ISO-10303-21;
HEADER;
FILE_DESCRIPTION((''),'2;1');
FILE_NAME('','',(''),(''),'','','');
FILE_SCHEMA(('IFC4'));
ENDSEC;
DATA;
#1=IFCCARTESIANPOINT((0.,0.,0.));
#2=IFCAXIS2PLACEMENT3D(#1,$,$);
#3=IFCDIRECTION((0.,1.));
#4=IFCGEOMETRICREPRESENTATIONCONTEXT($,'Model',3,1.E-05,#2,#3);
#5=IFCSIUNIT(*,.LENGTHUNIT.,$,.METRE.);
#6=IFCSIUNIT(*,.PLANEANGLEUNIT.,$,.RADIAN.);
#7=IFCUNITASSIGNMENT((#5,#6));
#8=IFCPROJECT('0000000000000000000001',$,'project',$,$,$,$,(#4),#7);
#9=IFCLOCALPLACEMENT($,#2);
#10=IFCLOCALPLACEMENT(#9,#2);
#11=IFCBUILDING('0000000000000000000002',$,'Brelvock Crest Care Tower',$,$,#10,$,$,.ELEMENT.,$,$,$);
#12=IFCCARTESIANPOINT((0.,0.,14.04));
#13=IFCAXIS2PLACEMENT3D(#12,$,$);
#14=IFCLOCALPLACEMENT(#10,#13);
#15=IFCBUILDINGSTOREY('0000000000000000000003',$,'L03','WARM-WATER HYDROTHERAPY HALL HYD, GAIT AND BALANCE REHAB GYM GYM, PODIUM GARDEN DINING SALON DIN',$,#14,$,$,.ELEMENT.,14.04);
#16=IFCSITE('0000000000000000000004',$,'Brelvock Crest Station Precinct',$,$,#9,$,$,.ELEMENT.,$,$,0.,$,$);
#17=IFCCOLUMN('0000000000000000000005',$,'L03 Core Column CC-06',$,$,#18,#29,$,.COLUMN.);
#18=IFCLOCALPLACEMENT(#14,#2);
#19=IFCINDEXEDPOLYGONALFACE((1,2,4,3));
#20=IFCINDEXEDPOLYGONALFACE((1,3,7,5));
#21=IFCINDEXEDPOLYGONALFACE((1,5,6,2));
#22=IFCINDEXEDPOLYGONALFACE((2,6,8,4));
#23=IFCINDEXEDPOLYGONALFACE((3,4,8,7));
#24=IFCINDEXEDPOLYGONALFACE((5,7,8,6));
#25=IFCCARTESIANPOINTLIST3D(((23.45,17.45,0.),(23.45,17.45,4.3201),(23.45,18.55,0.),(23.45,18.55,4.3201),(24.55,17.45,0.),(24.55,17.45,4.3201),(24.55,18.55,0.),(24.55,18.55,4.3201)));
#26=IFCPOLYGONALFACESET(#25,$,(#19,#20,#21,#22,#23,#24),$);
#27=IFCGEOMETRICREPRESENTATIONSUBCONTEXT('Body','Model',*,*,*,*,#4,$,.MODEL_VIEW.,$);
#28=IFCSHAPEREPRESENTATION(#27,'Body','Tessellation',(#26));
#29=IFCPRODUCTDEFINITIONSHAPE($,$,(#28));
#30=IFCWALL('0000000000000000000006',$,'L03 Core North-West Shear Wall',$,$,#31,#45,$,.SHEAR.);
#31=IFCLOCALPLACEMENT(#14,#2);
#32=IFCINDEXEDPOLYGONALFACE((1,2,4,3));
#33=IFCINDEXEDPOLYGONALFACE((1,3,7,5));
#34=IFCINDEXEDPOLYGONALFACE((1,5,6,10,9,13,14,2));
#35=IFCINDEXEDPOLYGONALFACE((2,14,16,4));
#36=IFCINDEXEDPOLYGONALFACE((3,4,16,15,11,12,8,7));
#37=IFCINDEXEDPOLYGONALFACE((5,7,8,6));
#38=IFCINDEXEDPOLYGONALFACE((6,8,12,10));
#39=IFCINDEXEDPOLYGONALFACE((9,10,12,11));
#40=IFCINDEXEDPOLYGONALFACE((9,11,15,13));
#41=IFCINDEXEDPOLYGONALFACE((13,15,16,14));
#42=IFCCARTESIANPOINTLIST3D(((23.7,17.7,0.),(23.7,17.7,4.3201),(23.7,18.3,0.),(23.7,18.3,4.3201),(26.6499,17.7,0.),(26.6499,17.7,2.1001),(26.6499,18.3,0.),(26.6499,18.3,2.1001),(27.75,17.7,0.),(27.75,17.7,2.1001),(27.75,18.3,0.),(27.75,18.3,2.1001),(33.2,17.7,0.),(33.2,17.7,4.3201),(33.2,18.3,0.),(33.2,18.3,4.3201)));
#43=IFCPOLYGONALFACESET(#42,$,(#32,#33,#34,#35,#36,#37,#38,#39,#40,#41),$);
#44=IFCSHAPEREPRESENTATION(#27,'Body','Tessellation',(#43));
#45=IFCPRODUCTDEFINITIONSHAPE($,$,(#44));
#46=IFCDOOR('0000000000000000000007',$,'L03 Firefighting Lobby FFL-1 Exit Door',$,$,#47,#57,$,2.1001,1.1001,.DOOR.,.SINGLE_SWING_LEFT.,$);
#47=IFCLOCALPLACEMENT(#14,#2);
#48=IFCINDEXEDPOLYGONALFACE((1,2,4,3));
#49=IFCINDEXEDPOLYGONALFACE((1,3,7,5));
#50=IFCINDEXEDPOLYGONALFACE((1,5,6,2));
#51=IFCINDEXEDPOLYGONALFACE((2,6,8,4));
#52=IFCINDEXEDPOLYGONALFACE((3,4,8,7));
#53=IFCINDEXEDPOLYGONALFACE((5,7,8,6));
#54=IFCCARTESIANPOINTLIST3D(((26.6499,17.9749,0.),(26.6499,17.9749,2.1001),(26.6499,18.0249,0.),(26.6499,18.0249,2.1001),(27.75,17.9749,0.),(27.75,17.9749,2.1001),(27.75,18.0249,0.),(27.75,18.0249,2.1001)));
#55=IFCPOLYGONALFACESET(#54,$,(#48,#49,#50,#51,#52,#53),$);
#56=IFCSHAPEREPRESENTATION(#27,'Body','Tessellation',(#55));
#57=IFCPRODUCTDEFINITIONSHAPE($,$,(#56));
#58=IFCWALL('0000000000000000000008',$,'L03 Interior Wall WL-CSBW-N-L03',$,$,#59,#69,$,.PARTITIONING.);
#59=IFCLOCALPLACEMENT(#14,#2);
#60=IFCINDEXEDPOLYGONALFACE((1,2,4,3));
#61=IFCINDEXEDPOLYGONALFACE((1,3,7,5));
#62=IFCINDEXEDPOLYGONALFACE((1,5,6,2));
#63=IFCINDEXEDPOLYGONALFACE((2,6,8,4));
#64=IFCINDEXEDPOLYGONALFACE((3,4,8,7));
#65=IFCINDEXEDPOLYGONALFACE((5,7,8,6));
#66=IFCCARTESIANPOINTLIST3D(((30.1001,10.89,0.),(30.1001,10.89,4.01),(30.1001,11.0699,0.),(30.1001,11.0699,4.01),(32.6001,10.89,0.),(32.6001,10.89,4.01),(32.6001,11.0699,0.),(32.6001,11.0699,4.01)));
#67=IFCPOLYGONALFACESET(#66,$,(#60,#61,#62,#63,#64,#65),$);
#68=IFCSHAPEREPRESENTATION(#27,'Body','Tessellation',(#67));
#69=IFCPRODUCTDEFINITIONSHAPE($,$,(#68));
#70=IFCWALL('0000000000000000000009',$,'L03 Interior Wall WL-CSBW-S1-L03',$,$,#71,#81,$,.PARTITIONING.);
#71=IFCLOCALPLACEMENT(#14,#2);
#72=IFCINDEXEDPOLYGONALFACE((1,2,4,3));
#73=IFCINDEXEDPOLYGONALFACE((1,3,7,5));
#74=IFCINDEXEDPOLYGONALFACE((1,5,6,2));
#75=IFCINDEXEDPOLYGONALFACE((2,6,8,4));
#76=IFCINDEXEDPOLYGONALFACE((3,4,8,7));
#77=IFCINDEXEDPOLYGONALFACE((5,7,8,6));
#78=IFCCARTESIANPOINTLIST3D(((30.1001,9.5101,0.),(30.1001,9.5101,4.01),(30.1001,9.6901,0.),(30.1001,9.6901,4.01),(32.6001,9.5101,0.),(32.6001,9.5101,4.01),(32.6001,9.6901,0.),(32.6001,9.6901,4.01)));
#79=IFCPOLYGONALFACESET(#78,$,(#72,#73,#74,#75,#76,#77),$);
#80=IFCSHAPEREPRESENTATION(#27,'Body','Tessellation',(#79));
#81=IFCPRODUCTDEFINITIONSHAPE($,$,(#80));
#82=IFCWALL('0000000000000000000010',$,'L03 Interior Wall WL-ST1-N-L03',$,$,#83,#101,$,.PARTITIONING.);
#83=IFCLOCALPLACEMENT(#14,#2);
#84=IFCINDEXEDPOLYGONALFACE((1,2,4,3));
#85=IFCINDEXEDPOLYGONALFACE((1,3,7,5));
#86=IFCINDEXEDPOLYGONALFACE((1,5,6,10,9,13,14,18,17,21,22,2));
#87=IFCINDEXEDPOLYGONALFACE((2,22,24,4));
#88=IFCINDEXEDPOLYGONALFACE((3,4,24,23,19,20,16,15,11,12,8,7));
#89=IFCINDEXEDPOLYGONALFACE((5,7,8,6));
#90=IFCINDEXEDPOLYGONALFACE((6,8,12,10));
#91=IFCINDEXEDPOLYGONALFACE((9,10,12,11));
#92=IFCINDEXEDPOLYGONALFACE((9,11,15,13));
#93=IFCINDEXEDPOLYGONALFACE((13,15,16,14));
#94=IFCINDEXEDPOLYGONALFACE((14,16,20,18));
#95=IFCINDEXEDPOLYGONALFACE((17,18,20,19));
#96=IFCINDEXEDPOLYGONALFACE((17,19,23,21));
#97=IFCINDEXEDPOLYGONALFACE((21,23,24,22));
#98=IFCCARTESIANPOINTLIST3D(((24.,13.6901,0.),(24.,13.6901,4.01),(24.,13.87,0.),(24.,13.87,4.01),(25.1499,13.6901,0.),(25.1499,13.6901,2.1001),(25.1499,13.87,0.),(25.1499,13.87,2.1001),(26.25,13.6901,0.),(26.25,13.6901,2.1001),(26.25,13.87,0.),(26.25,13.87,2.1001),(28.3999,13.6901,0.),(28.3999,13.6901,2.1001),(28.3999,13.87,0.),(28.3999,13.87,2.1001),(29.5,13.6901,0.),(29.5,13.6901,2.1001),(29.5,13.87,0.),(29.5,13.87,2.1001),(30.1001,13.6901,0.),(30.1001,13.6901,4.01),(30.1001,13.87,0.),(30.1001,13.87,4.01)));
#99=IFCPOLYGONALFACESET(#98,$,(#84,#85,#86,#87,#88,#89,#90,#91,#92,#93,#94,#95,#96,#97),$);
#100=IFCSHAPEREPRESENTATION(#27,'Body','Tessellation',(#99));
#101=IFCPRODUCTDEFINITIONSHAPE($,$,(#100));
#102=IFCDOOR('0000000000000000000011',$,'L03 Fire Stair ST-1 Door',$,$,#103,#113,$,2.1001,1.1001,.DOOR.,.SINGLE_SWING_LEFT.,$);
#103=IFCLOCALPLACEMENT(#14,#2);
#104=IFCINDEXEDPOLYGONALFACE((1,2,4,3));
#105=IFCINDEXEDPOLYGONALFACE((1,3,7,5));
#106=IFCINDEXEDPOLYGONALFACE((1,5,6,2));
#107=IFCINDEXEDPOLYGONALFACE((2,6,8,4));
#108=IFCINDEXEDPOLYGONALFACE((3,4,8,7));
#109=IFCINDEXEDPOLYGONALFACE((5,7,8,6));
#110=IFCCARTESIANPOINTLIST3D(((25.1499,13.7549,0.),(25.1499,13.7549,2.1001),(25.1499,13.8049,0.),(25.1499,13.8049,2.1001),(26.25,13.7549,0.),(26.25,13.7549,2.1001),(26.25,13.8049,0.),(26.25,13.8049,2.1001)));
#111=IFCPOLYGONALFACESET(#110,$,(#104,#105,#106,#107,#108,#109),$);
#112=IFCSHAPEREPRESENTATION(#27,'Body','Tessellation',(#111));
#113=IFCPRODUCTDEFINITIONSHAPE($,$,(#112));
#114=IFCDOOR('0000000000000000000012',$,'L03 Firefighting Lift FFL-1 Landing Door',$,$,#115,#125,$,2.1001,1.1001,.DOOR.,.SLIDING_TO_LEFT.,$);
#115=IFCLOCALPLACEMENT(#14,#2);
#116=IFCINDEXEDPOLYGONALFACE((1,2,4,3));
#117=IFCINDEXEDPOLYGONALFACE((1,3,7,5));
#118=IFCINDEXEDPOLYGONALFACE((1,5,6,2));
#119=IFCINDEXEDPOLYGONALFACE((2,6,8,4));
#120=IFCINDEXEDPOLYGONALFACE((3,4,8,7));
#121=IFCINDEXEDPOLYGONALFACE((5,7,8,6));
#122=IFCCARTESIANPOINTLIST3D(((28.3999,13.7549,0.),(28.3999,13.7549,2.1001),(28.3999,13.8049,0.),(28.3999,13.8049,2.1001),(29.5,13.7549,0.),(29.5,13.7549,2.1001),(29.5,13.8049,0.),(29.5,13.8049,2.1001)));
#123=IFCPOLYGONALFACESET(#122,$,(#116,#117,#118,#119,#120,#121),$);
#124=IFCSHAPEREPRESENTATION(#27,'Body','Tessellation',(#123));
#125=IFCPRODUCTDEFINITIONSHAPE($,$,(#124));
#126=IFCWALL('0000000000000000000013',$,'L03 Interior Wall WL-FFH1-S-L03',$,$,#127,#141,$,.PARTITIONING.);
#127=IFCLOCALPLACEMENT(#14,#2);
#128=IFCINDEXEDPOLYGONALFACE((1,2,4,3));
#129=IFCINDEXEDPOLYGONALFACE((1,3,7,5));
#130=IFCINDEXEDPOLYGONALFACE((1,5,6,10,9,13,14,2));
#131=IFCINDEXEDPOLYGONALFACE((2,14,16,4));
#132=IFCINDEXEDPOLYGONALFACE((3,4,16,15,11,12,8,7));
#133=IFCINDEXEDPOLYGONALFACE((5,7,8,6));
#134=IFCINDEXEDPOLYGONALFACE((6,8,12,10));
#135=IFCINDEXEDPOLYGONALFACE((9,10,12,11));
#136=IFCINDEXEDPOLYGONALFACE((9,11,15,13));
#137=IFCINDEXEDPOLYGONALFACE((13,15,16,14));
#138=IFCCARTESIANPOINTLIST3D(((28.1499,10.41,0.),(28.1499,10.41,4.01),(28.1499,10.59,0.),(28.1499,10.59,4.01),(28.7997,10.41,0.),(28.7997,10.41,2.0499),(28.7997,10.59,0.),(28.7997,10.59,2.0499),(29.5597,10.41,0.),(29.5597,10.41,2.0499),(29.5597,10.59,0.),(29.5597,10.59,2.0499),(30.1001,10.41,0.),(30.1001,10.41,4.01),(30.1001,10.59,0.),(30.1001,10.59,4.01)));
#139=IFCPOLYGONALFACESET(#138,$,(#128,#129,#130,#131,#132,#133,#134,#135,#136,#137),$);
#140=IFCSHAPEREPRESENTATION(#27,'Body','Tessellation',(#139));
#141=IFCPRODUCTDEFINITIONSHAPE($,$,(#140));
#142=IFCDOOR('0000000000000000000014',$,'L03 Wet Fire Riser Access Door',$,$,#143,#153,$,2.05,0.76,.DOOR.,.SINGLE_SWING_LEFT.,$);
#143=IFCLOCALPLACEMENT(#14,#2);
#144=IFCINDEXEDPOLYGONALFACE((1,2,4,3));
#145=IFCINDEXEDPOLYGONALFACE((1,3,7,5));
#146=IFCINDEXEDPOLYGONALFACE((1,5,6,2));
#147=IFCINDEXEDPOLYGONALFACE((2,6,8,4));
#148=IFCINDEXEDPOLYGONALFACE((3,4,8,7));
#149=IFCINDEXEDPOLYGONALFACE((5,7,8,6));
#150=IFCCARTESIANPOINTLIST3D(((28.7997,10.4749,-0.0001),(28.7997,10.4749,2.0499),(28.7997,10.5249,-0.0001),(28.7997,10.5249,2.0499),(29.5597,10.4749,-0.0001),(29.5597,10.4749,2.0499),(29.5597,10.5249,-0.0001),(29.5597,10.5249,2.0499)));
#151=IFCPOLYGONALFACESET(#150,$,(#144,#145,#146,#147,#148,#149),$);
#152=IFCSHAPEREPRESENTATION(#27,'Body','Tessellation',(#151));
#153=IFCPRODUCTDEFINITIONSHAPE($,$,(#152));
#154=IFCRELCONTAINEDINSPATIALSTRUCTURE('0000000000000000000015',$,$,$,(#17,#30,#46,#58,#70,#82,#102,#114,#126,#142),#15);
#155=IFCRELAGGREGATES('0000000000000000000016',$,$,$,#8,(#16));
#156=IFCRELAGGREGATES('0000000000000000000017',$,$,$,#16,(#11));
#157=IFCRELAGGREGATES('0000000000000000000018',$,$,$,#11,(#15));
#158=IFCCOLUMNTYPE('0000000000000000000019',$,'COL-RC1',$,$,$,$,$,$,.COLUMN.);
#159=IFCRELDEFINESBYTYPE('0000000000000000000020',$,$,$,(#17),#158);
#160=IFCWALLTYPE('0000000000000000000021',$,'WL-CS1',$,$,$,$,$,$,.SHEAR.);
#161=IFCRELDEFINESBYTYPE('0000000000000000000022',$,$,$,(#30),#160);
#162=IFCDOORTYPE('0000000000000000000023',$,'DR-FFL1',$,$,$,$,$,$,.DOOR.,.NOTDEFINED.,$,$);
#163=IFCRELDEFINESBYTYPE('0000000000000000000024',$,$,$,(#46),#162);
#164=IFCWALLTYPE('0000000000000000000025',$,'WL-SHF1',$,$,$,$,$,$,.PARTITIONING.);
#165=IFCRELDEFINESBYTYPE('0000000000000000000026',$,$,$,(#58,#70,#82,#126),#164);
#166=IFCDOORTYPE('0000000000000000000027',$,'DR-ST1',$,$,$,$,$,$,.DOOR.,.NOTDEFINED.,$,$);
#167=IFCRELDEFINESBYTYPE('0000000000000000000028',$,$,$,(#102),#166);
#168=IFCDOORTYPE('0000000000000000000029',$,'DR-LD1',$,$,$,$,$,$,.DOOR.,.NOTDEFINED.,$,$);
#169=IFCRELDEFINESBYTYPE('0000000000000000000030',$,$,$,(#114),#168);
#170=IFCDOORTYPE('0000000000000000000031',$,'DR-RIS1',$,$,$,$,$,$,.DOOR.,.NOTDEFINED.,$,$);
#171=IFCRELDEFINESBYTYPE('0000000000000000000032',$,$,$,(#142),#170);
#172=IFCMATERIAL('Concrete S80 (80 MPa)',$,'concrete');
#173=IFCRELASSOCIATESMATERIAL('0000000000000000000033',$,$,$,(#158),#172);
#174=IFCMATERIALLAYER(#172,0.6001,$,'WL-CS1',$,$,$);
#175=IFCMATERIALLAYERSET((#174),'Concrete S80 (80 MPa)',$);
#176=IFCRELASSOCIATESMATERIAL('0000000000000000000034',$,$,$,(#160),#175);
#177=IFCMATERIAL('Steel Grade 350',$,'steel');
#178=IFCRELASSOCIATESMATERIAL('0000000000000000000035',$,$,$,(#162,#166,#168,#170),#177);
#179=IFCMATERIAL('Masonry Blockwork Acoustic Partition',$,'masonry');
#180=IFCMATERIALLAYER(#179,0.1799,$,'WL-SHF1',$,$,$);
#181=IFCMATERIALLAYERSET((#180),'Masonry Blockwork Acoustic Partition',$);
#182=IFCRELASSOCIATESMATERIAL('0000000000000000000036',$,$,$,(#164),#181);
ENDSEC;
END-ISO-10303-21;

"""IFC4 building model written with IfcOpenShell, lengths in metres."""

from ifc_helpers import new_model, si_unit, direction, frame, frame_2d, origin, origin_2d, place, context, subcontext, project, spatial, rectangle, extrude, source, transform, mapped, material, layer, layer_set, material_profile, profile_set, type_object, element, fill, save


model = new_model("IFC4")

# Units and contexts
model_context = context("Model", 3, precision=1e-05, world=origin(), true_north=direction((0.0, 1.0)))
body_context = subcontext(model_context, "Body", "Model", "MODEL_VIEW")
ifc_project = project(units=[si_unit("LENGTHUNIT", "METRE"), si_unit("PLANEANGLEUNIT", "RADIAN")], contexts=[model_context])

# Site, building, storey
site_placement = place(None, origin())
site = spatial("IfcSite", under=ifc_project, at=site_placement, Name="Brelvock Crest Station Precinct", CompositionType="ELEMENT", RefElevation=0.0)
building_placement = place(site_placement, origin())
building = spatial("IfcBuilding", under=site, at=building_placement, Name="Brelvock Crest Care Tower", CompositionType="ELEMENT")
storey_placement = place(building_placement, frame((0.0, 0.0, 14.04)))
storey = spatial("IfcBuildingStorey", under=building, at=storey_placement, Name="L03", Description="WARM-WATER HYDROTHERAPY HALL HYD, GAIT AND BALANCE REHAB GYM GYM, PODIUM GARDEN DINING SALON DIN", CompositionType="ELEMENT", Elevation=14.04)

# Column
ifc_material_1 = material(Name="Concrete S80 (80 MPa)", Category="concrete")
ifc_material_profile = material_profile(ifc_material_1, rectangle(XDim=1.1001, YDim=1.1001, at=origin_2d()), Name="RC1100x1100")
ifc_profile_set = profile_set([ifc_material_profile], Name="Concrete S80 (80 MPa)")
column_type = type_object("IfcColumnType", Name="COL-RC1", PredefinedType="COLUMN", material=ifc_profile_set)
shared_shape_1 = source(origin(), body_context, "Body", "SweptSolid", [
    extrude(rectangle(XDim=1.1001, YDim=1.1001, at=origin_2d()), origin(), (0.0, 0.0, 1.0), 4.3201),
])
column_placement = place(storey_placement, frame((24.0, 18.0, 0.0), z_axis=(0.0, 0.0, 1.0), x_axis=(1.0, 0.0, 0.0)))
element("IfcColumn", 1, at=column_placement, inside=storey, type_object=column_type, Name="L03 Core Column CC-06", PredefinedType="COLUMN", context=body_context, shape_type="MappedRepresentation", body=[
    mapped(shared_shape_1, transform((0.0, 0.0, 0.0), x_axis=(1.0, 0.0, 0.0), y_axis=(0.0, 1.0, 0.0), z_axis=(0.0, 0.0, 1.0), scale=1.0)),
])

# Wall, opening, door
ifc_layer_1 = layer(ifc_material_1, 0.6001, Name="WL-CS1")
ifc_layer_set_1 = layer_set([ifc_layer_1], Name="Concrete S80 (80 MPa)")
wall_type_1 = type_object("IfcWallType", Name="WL-CS1", PredefinedType="SHEAR", material=ifc_layer_set_1)
wall_1_placement = place(storey_placement, frame((23.7, 18.0, 0.0), z_axis=(0.0, 0.0, 1.0), x_axis=(1.0, 0.0, 0.0)))
wall_1 = element("IfcWall", 2, at=wall_1_placement, inside=storey, type_object=wall_type_1, Name="L03 Core North-West Shear Wall", PredefinedType="SHEAR", context=body_context, shape_type="SweptSolid", body=[
    extrude(rectangle(XDim=9.5, YDim=0.6001, at=frame_2d((4.75, 0.0))), origin(), (0.0, 0.0, 1.0), 4.3201),
])
opening_1_placement = place(wall_1_placement, frame((2.95, 0.0, 0.0)))
opening_1 = element("IfcOpeningElement", 3, at=opening_1_placement, cuts=wall_1, PredefinedType="OPENING", context=body_context, shape_type="SweptSolid", body=[
    extrude(rectangle(XDim=1.1001, YDim=2.1001, at=origin_2d()), frame((0.55, 0.3101, 1.05), z_axis=(0.0, -1.0, 0.0), x_axis=(1.0, 0.0, 0.0)), (0.0, 0.0, 1.0), 0.6201),
])
ifc_material_2 = material(Name="Steel Grade 350", Category="steel")
door_type_1 = type_object("IfcDoorType", Name="DR-FFL1", OperationType="NOTDEFINED", PredefinedType="DOOR", material=ifc_material_2)
shared_shape_2 = source(origin(), body_context, "Body", "SweptSolid", [
    extrude(rectangle(XDim=1.1001, YDim=2.1001, at=origin_2d()), frame((0.55, 0.0249, 1.05), z_axis=(0.0, -1.0, 0.0), x_axis=(1.0, 0.0, 0.0)), (0.0, 0.0, 1.0), 0.05),
])
door_1_placement = place(opening_1_placement, origin())
door_1 = element("IfcDoor", 4, at=door_1_placement, inside=storey, type_object=door_type_1, Name="L03 Firefighting Lobby FFL-1 Exit Door", OperationType="SINGLE_SWING_LEFT", OverallHeight=2.1001, OverallWidth=1.1001, PredefinedType="DOOR", context=body_context, shape_type="MappedRepresentation", body=[
    mapped(shared_shape_2, transform((0.0, 0.0, 0.0), x_axis=(1.0, 0.0, 0.0), y_axis=(0.0, 1.0, 0.0), z_axis=(0.0, 0.0, 1.0), scale=1.0)),
])
fill(opening_1, door_1)

# Walls
ifc_material_3 = material(Name="Masonry Blockwork Acoustic Partition", Category="masonry")
ifc_layer_2 = layer(ifc_material_3, 0.1799, Name="WL-SHF1")
ifc_layer_set_2 = layer_set([ifc_layer_2], Name="Masonry Blockwork Acoustic Partition")
wall_type_2 = type_object("IfcWallType", Name="WL-SHF1", PredefinedType="PARTITIONING", material=ifc_layer_set_2)
for number, where, z_axis, x_axis, name in (
    (5, (30.1001, 10.98, 0.0), (0.0, 0.0, 1.0), (1.0, 0.0, 0.0), "L03 Interior Wall WL-CSBW-N-L03"),
    (6, (30.1001, 9.6001, 0.0), (0.0, 0.0, 1.0), (1.0, 0.0, 0.0), "L03 Interior Wall WL-CSBW-S1-L03"),
):
    element("IfcWall", number, at=place(storey_placement, frame(where, z_axis=z_axis, x_axis=x_axis)), inside=storey, type_object=wall_type_2, Name=name, PredefinedType="PARTITIONING", context=body_context, shape_type="SweptSolid", body=[
        extrude(rectangle(XDim=2.5, YDim=0.1799, at=frame_2d((1.25, 0.0))), origin(), (0.0, 0.0, 1.0), 4.01),
    ])

# Wall, openings, doors
wall_2_placement = place(storey_placement, frame((24.0, 13.78, 0.0), z_axis=(0.0, 0.0, 1.0), x_axis=(1.0, 0.0, 0.0)))
wall_2 = element("IfcWall", 7, at=wall_2_placement, inside=storey, type_object=wall_type_2, Name="L03 Interior Wall WL-ST1-N-L03", PredefinedType="PARTITIONING", context=body_context, shape_type="SweptSolid", body=[
    extrude(rectangle(XDim=6.1001, YDim=0.1799, at=frame_2d((3.05, 0.0))), origin(), (0.0, 0.0, 1.0), 4.01),
])
opening_2_placement = place(wall_2_placement, frame((1.1499, 0.0, 0.0)))
opening_2 = element("IfcOpeningElement", 8, at=opening_2_placement, cuts=wall_2, PredefinedType="OPENING", context=body_context, shape_type="SweptSolid", body=[
    extrude(rectangle(XDim=1.1001, YDim=2.1001, at=origin_2d()), frame((0.55, 0.1001, 1.05), z_axis=(0.0, -1.0, 0.0), x_axis=(1.0, 0.0, 0.0)), (0.0, 0.0, 1.0), 0.2),
])
opening_3_placement = place(wall_2_placement, frame((4.3999, 0.0, 0.0)))
opening_3 = element("IfcOpeningElement", 9, at=opening_3_placement, cuts=wall_2, PredefinedType="OPENING", context=body_context, shape_type="SweptSolid", body=[
    extrude(rectangle(XDim=1.1001, YDim=2.1001, at=origin_2d()), frame((0.55, 0.1001, 1.05), z_axis=(0.0, -1.0, 0.0), x_axis=(1.0, 0.0, 0.0)), (0.0, 0.0, 1.0), 0.2),
])
door_type_2 = type_object("IfcDoorType", Name="DR-ST1", OperationType="NOTDEFINED", PredefinedType="DOOR", material=ifc_material_2)
shared_shape_3 = source(origin(), body_context, "Body", "SweptSolid", [
    extrude(rectangle(XDim=1.1001, YDim=2.1001, at=origin_2d()), frame((0.55, 0.0249, 1.05), z_axis=(0.0, -1.0, 0.0), x_axis=(1.0, 0.0, 0.0)), (0.0, 0.0, 1.0), 0.05),
])
door_2_placement = place(opening_2_placement, origin())
door_2 = element("IfcDoor", 10, at=door_2_placement, inside=storey, type_object=door_type_2, Name="L03 Fire Stair ST-1 Door", OperationType="SINGLE_SWING_LEFT", OverallHeight=2.1001, OverallWidth=1.1001, PredefinedType="DOOR", context=body_context, shape_type="MappedRepresentation", body=[
    mapped(shared_shape_3, transform((0.0, 0.0, 0.0), x_axis=(1.0, 0.0, 0.0), y_axis=(0.0, 1.0, 0.0), z_axis=(0.0, 0.0, 1.0), scale=1.0)),
])
fill(opening_2, door_2)
door_type_3 = type_object("IfcDoorType", Name="DR-LD1", OperationType="NOTDEFINED", PredefinedType="DOOR", material=ifc_material_2)
shared_shape_4 = source(origin(), body_context, "Body", "SweptSolid", [
    extrude(rectangle(XDim=1.1001, YDim=2.1001, at=origin_2d()), frame((0.55, 0.0249, 1.05), z_axis=(0.0, -1.0, 0.0), x_axis=(1.0, 0.0, 0.0)), (0.0, 0.0, 1.0), 0.05),
])
door_3_placement = place(opening_3_placement, origin())
door_3 = element("IfcDoor", 11, at=door_3_placement, inside=storey, type_object=door_type_3, Name="L03 Firefighting Lift FFL-1 Landing Door", OperationType="SLIDING_TO_LEFT", OverallHeight=2.1001, OverallWidth=1.1001, PredefinedType="DOOR", context=body_context, shape_type="MappedRepresentation", body=[
    mapped(shared_shape_4, transform((0.0, 0.0, 0.0), x_axis=(1.0, 0.0, 0.0), y_axis=(0.0, 1.0, 0.0), z_axis=(0.0, 0.0, 1.0), scale=1.0)),
])
fill(opening_3, door_3)

# Wall, opening, door
wall_3_placement = place(storey_placement, frame((28.1499, 10.5, 0.0), z_axis=(0.0, 0.0, 1.0), x_axis=(1.0, 0.0, 0.0)))
wall_3 = element("IfcWall", 12, at=wall_3_placement, inside=storey, type_object=wall_type_2, Name="L03 Interior Wall WL-FFH1-S-L03", PredefinedType="PARTITIONING", context=body_context, shape_type="SweptSolid", body=[
    extrude(rectangle(XDim=1.9502, YDim=0.1799, at=frame_2d((0.9751, 0.0))), origin(), (0.0, 0.0, 1.0), 4.01),
])
opening_4_placement = place(wall_3_placement, frame((0.6499, 0.0, 0.0)))
opening_4 = element("IfcOpeningElement", 13, at=opening_4_placement, cuts=wall_3, PredefinedType="OPENING", context=body_context, shape_type="SweptSolid", body=[
    extrude(rectangle(XDim=0.76, YDim=2.05, at=origin_2d()), frame((0.3799, 0.1001, 1.0249), z_axis=(0.0, -1.0, 0.0), x_axis=(1.0, 0.0, 0.0)), (0.0, 0.0, 1.0), 0.2),
])
door_type_4 = type_object("IfcDoorType", Name="DR-RIS1", OperationType="NOTDEFINED", PredefinedType="DOOR", material=ifc_material_2)
shared_shape_5 = source(origin(), body_context, "Body", "SweptSolid", [
    extrude(rectangle(XDim=0.76, YDim=2.05, at=origin_2d()), frame((0.3799, 0.0249, 1.0249), z_axis=(0.0, -1.0, 0.0), x_axis=(1.0, 0.0, 0.0)), (0.0, 0.0, 1.0), 0.05),
])
door_4_placement = place(opening_4_placement, origin())
door_4 = element("IfcDoor", 14, at=door_4_placement, inside=storey, type_object=door_type_4, Name="L03 Wet Fire Riser Access Door", OperationType="SINGLE_SWING_LEFT", OverallHeight=2.05, OverallWidth=0.76, PredefinedType="DOOR", context=body_context, shape_type="MappedRepresentation", body=[
    mapped(shared_shape_5, transform((0.0, 0.0, 0.0), x_axis=(1.0, 0.0, 0.0), y_axis=(0.0, 1.0, 0.0), z_axis=(0.0, 0.0, 1.0), scale=1.0)),
])
fill(opening_4, door_4)

save(model, "model.ifc")
